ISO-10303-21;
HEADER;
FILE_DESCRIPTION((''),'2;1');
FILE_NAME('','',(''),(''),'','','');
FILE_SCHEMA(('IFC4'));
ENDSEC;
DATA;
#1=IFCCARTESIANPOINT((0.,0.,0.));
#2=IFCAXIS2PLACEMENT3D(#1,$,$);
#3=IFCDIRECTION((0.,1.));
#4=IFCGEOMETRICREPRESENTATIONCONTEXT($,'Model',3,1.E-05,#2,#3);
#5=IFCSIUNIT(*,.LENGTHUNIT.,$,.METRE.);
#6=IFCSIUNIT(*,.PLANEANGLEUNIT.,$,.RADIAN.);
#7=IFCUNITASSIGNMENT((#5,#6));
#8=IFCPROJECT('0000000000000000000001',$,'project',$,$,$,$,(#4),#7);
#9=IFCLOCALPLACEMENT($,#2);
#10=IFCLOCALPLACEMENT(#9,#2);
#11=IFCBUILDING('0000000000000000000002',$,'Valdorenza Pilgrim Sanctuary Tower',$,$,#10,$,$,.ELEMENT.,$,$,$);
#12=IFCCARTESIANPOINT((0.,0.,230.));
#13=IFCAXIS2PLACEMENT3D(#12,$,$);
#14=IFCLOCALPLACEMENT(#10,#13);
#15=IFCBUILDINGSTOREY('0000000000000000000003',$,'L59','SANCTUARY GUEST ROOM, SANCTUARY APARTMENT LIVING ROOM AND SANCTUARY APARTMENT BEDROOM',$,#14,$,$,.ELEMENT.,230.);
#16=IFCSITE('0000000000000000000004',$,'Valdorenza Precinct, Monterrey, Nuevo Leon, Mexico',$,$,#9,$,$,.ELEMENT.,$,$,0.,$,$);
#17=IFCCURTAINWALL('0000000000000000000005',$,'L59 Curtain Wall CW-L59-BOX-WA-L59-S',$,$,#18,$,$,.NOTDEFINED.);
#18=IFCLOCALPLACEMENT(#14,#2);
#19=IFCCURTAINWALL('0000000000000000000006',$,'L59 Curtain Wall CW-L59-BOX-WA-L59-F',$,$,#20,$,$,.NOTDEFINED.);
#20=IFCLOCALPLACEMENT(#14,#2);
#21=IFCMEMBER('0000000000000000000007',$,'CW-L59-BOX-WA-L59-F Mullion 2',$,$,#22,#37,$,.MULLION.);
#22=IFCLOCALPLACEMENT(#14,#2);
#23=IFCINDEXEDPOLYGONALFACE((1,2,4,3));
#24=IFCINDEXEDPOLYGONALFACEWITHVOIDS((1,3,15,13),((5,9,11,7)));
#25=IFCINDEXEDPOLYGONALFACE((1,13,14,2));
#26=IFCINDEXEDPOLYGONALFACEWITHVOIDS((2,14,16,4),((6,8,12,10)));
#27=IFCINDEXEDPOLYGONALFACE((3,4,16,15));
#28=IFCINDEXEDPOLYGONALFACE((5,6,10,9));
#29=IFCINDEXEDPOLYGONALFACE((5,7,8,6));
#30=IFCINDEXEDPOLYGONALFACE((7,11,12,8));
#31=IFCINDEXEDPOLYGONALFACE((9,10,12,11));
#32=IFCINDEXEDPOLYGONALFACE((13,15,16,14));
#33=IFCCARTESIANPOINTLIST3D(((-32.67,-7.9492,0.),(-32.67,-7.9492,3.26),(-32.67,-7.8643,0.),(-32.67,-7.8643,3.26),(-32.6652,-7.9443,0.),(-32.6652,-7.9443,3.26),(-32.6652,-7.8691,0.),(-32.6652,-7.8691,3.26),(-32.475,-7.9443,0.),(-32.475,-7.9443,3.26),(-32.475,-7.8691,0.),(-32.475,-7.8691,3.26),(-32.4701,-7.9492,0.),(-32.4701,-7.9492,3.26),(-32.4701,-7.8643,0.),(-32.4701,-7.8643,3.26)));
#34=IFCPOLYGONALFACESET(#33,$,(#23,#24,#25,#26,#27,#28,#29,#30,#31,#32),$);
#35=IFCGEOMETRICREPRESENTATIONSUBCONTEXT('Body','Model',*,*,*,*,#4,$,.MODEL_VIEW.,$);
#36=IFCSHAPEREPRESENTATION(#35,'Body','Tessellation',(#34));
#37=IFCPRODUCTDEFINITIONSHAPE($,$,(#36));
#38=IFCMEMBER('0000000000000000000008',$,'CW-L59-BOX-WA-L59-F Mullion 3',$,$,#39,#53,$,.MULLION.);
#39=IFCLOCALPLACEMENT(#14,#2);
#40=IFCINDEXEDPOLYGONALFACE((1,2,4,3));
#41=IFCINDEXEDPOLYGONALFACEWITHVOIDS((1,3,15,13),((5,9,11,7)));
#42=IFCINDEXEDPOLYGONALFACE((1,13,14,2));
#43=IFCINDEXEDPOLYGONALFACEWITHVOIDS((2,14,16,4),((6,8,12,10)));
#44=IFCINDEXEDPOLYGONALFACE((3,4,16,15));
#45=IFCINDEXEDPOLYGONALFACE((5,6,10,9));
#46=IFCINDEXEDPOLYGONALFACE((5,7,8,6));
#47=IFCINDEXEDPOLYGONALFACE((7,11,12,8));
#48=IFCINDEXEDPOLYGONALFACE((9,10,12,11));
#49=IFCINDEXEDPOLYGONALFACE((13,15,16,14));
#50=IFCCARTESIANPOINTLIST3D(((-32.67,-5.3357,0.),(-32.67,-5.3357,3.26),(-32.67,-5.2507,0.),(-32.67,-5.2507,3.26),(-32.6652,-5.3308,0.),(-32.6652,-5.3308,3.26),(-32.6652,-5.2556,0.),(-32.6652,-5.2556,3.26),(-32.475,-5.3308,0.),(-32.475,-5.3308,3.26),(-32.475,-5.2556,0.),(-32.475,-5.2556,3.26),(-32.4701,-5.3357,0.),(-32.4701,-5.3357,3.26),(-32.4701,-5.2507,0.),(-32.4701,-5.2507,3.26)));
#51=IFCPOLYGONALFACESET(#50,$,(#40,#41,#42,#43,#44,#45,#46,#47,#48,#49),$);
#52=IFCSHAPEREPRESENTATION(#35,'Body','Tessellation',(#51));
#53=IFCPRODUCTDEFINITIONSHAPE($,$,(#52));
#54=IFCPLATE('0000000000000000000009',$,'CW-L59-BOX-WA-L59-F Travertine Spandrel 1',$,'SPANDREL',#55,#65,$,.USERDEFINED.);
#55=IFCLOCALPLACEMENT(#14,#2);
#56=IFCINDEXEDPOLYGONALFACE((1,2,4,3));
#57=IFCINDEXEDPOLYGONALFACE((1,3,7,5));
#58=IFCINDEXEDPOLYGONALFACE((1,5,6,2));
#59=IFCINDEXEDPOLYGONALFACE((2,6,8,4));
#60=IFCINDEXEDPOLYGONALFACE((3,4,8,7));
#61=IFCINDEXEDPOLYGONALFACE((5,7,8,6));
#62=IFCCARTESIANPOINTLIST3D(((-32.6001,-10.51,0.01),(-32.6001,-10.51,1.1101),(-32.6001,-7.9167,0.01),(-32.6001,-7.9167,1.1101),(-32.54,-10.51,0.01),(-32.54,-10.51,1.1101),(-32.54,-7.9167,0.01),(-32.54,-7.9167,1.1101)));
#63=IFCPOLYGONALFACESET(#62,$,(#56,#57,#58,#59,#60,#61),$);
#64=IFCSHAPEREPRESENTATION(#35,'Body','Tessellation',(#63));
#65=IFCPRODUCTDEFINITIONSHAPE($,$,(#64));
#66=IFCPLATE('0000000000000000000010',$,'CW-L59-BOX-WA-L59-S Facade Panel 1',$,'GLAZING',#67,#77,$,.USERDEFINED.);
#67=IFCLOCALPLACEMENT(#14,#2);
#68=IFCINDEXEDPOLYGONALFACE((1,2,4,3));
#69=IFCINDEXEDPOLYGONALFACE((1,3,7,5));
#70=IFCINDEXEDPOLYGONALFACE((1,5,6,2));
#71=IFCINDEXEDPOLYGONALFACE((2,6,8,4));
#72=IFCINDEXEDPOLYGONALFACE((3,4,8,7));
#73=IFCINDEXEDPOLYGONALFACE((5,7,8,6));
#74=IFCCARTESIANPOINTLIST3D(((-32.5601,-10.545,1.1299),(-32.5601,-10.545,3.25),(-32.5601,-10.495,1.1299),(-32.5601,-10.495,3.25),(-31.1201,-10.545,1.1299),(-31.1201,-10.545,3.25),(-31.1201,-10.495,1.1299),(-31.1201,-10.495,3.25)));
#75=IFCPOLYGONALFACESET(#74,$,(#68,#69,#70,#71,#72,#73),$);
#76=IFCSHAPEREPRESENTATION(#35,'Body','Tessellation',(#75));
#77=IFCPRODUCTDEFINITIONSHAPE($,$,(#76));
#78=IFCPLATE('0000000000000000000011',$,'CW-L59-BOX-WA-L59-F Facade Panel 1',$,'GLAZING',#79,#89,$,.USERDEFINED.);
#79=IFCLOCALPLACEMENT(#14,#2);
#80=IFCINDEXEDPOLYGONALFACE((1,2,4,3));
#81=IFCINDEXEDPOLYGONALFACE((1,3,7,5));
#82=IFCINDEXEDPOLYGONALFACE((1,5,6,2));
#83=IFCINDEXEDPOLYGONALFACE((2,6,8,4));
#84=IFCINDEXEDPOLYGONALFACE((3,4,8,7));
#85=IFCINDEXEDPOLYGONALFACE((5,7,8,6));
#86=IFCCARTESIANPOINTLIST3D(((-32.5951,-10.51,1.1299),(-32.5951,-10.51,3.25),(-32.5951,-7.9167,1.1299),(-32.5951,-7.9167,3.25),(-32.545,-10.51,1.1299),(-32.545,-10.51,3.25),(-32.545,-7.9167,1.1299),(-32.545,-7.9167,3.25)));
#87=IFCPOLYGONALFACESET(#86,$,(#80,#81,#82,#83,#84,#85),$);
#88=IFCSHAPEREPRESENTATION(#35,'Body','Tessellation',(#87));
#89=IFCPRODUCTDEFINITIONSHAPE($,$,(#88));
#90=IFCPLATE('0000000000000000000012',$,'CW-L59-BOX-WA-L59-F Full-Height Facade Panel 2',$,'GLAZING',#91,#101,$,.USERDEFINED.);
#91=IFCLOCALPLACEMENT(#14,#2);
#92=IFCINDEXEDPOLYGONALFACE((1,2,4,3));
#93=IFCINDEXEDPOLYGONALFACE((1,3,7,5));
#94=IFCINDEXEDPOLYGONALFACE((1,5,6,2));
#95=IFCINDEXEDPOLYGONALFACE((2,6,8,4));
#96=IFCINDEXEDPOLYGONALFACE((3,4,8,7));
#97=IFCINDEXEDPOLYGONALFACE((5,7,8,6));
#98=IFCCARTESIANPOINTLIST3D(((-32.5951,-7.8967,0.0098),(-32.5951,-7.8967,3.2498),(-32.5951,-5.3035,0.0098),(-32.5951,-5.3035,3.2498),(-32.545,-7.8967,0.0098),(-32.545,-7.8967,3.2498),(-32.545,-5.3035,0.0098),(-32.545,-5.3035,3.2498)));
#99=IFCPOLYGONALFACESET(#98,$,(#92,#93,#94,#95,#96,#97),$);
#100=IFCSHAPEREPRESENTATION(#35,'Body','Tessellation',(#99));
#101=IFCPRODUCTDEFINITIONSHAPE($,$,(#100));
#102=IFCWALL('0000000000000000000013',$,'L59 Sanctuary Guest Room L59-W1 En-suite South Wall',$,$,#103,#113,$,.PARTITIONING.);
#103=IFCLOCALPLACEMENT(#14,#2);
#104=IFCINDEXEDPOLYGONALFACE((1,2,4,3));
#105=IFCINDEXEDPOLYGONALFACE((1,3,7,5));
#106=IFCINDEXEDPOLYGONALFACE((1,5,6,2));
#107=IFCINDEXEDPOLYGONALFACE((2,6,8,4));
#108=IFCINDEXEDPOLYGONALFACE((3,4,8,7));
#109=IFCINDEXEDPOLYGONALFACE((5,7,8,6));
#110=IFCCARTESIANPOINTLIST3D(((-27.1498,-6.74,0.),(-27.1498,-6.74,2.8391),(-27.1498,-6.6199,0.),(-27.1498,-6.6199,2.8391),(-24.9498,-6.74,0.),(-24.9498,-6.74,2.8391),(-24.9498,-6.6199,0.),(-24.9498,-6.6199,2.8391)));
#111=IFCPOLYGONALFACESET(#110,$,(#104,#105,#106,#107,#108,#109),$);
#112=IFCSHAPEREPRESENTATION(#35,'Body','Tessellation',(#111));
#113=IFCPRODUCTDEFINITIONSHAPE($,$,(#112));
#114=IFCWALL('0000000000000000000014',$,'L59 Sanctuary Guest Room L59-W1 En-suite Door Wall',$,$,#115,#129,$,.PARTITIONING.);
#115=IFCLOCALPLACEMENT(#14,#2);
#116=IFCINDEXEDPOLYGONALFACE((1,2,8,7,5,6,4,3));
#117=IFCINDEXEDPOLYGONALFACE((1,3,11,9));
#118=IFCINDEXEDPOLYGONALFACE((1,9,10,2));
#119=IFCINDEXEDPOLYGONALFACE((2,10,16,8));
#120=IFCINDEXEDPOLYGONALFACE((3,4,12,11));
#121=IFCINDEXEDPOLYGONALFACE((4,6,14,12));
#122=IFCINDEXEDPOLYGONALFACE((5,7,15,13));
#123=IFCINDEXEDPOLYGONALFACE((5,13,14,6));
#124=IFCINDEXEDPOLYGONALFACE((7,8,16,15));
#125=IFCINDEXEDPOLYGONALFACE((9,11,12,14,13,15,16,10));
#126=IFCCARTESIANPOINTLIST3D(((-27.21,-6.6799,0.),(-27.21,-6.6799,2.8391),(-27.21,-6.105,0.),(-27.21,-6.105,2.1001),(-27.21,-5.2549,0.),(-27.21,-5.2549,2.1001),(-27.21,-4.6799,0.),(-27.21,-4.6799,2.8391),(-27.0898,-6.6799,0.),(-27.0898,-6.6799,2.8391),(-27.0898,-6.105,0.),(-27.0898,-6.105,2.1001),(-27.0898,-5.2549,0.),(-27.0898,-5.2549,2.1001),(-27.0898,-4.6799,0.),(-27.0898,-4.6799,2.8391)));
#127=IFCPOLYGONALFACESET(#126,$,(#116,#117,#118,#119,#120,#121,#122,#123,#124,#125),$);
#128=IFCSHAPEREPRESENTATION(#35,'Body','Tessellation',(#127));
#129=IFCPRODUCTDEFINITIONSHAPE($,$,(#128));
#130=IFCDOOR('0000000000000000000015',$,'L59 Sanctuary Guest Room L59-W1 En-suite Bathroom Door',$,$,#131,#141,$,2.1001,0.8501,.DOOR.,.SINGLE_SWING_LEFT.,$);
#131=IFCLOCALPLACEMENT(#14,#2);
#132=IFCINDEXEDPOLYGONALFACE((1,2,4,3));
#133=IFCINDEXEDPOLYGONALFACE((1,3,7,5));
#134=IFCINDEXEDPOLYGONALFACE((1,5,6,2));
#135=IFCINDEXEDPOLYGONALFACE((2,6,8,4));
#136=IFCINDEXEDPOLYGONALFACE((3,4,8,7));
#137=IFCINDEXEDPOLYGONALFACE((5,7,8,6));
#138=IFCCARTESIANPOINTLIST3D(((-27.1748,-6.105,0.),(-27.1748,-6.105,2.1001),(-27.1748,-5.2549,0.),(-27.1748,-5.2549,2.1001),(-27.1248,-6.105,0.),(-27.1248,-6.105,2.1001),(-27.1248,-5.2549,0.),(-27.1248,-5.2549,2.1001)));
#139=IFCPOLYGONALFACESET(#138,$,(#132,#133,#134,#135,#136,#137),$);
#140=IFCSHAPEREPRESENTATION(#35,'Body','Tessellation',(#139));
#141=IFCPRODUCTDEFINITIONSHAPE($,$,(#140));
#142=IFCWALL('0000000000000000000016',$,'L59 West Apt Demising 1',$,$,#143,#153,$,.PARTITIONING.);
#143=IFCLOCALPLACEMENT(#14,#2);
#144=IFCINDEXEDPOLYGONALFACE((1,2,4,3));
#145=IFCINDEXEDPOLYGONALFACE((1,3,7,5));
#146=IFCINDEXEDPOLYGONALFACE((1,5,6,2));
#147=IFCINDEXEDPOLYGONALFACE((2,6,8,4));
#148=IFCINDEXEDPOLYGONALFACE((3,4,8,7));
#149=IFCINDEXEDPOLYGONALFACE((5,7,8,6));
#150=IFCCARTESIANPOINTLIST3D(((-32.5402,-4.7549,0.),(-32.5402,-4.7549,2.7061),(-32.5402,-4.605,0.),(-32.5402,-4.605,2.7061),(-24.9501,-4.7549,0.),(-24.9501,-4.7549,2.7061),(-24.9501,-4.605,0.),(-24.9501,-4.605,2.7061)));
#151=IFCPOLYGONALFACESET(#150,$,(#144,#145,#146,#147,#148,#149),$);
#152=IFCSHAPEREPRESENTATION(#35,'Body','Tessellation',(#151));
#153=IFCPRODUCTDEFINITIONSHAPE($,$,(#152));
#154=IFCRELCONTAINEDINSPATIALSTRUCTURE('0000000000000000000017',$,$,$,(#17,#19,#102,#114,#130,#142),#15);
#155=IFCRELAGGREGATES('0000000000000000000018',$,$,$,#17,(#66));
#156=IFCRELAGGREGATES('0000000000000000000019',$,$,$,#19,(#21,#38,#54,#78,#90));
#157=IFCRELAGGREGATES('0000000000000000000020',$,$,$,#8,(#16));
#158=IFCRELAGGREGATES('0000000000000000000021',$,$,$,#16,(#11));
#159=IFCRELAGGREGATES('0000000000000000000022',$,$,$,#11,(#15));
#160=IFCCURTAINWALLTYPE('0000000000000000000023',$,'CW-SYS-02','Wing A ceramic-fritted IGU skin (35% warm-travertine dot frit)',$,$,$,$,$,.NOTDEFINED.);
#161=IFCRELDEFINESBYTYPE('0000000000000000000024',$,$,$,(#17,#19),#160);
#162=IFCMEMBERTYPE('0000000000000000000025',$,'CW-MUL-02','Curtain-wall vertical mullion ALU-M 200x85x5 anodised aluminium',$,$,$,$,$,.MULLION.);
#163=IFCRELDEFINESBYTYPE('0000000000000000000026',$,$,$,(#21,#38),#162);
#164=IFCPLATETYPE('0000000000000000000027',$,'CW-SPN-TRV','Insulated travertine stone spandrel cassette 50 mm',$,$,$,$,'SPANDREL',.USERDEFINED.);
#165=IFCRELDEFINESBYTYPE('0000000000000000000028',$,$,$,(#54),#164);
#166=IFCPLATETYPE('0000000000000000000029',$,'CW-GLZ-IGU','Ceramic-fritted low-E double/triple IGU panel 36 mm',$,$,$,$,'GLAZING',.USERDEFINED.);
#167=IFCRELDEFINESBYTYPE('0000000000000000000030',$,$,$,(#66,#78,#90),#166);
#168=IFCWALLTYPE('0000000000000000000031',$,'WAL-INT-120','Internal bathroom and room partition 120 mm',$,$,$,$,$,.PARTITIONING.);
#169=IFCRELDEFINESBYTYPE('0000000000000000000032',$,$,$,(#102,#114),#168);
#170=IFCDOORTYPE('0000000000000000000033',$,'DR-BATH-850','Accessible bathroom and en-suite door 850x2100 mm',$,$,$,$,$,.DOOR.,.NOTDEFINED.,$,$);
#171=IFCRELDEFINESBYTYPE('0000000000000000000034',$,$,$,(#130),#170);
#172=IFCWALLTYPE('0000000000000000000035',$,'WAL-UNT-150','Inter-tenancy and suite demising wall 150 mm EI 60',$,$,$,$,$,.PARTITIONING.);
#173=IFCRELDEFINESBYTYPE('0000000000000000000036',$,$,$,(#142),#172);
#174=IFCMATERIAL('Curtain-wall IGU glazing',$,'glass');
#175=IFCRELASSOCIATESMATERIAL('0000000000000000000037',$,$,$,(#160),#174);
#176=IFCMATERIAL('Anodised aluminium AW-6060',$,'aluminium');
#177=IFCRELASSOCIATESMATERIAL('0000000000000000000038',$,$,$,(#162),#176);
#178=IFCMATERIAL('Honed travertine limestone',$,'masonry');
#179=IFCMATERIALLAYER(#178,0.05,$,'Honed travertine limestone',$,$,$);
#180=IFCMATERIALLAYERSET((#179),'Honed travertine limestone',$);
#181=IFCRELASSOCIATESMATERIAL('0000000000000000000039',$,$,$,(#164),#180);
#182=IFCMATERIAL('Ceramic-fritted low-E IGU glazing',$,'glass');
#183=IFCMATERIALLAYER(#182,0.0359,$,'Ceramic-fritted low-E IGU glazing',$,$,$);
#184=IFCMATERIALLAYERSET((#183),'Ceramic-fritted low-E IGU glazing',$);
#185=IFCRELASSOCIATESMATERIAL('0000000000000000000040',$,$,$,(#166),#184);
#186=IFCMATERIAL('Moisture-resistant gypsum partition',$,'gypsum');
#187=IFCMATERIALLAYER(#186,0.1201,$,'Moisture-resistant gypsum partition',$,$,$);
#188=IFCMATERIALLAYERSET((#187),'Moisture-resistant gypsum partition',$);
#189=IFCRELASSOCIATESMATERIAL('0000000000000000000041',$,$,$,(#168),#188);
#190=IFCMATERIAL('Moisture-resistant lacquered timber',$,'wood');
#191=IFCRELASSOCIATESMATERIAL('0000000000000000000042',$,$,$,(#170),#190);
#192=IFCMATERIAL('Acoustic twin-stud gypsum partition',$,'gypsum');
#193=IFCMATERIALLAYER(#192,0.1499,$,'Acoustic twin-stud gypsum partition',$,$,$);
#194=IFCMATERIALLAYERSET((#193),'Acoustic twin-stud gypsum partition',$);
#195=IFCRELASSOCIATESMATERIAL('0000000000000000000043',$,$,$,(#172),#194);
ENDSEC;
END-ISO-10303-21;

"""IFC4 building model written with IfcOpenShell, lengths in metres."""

from ifc_helpers import new_model, si_unit, direction, frame, frame_2d, origin, origin_2d, place, context, subcontext, project, spatial, rectangle, hollow_rectangle, extrude, source, transform, mapped, material, layer, layer_set, material_profile, profile_set, type_object, element, fill, aggregate, save


model = new_model("IFC4")

# Units and contexts
model_context = context("Model", 3, precision=1e-05, world=origin(), true_north=direction((0.0, 1.0)))
body_context = subcontext(model_context, "Body", "Model", "MODEL_VIEW")
ifc_project = project(units=[si_unit("LENGTHUNIT", "METRE"), si_unit("PLANEANGLEUNIT", "RADIAN")], contexts=[model_context])

# Site, building, storey
site_placement = place(None, origin())
site = spatial("IfcSite", under=ifc_project, at=site_placement, Name="Valdorenza Precinct, Monterrey, Nuevo Leon, Mexico", CompositionType="ELEMENT", RefElevation=0.0)
building_placement = place(site_placement, origin())
building = spatial("IfcBuilding", under=site, at=building_placement, Name="Valdorenza Pilgrim Sanctuary Tower", CompositionType="ELEMENT")
storey_placement = place(building_placement, frame((0.0, 0.0, 230.0)))
storey = spatial("IfcBuildingStorey", under=building, at=storey_placement, Name="L59", Description="SANCTUARY GUEST ROOM, SANCTUARY APARTMENT LIVING ROOM AND SANCTUARY APARTMENT BEDROOM", CompositionType="ELEMENT", Elevation=230.0)

# Curtain wall
ifc_material_1 = material(Name="Curtain-wall IGU glazing", Category="glass")
curtain_wall_type = type_object("IfcCurtainWallType", Name="CW-SYS-02", Description="Wing A ceramic-fritted IGU skin (35% warm-travertine dot frit)", PredefinedType="NOTDEFINED", material=ifc_material_1)
curtain_wall_1_placement = place(storey_placement, origin())
curtain_wall_1 = element("IfcCurtainWall", 1, at=curtain_wall_1_placement, inside=storey, type_object=curtain_wall_type, Name="L59 Curtain Wall CW-L59-BOX-WA-L59-S", PredefinedType="NOTDEFINED")
ifc_material_2 = material(Name="Anodised aluminium AW-6060", Category="aluminium")
ifc_material_profile_1 = material_profile(ifc_material_2, hollow_rectangle(XDim=0.085, YDim=0.2, WallThickness=0.0049, at=origin_2d()), Name="ALU-M 200x85x5")
ifc_profile_set_1 = profile_set([ifc_material_profile_1], Name="Anodised aluminium AW-6060")
member_type_1 = type_object("IfcMemberType", Name="CW-MUL-02", Description="Curtain-wall vertical mullion ALU-M 200x85x5 anodised aluminium", PredefinedType="MULLION", material=ifc_profile_set_1)
shared_shape_1 = source(origin(), body_context, "Body", "SweptSolid", [
    extrude(hollow_rectangle(XDim=0.085, YDim=0.2, WallThickness=0.0049, at=origin_2d()), origin(), (0.0, 0.0, 1.0), 3.26),
])

# Curtain wall, members, plate
curtain_wall_2_placement = place(storey_placement, origin())
curtain_wall_2 = element("IfcCurtainWall", 2, at=curtain_wall_2_placement, inside=storey, type_object=curtain_wall_type, Name="L59 Curtain Wall CW-L59-BOX-WA-L59-F", PredefinedType="NOTDEFINED")
member_1_placement = place(storey_placement, frame((-32.5701, -7.9067, 0.0), z_axis=(0.0, 0.0, 1.0), x_axis=(0.0, 1.0, 0.0)))
member_1 = element("IfcMember", 3, at=member_1_placement, type_object=member_type_1, Name="CW-L59-BOX-WA-L59-F Mullion 2", PredefinedType="MULLION", context=body_context, shape_type="MappedRepresentation", body=[
    mapped(shared_shape_1, transform((0.0, 0.0, 0.0), x_axis=(1.0, 0.0, 0.0), y_axis=(0.0, 1.0, 0.0), z_axis=(0.0, 0.0, 1.0), scale=1.0)),
])
member_2_placement = place(storey_placement, frame((-32.5701, -5.2932, 0.0), z_axis=(0.0, 0.0, 1.0), x_axis=(0.0, 1.0, 0.0)))
member_2 = element("IfcMember", 4, at=member_2_placement, type_object=member_type_1, Name="CW-L59-BOX-WA-L59-F Mullion 3", PredefinedType="MULLION", context=body_context, shape_type="MappedRepresentation", body=[
    mapped(shared_shape_1, transform((0.0, 0.0, 0.0), x_axis=(1.0, 0.0, 0.0), y_axis=(0.0, 1.0, 0.0), z_axis=(0.0, 0.0, 1.0), scale=1.0)),
])
ifc_material_3 = material(Name="Honed travertine limestone", Category="masonry")
ifc_layer_1 = layer(ifc_material_3, 0.05, Name="Honed travertine limestone")
ifc_layer_set_1 = layer_set([ifc_layer_1], Name="Honed travertine limestone")
plate_type_1 = type_object("IfcPlateType", Name="CW-SPN-TRV", Description="Insulated travertine stone spandrel cassette 50 mm", ElementType="SPANDREL", PredefinedType="USERDEFINED", material=ifc_layer_set_1)
shared_shape_2 = source(origin(), body_context, "Body", "SweptSolid", [
    extrude(rectangle(XDim=2.5933, YDim=0.0601, at=origin_2d()), origin(), (0.0, 0.0, 1.0), 1.1001),
])
plate_1_placement = place(storey_placement, frame((-32.5701, -9.2134, 0.01), z_axis=(0.0, 0.0, 1.0), x_axis=(0.0, 1.0, 0.0)))
plate_1 = element("IfcPlate", 5, at=plate_1_placement, type_object=plate_type_1, Name="CW-L59-BOX-WA-L59-F Travertine Spandrel 1", ObjectType="SPANDREL", PredefinedType="USERDEFINED", context=body_context, shape_type="MappedRepresentation", body=[
    mapped(shared_shape_2, transform((0.0, 0.0, 0.0), x_axis=(1.0, 0.0, 0.0), y_axis=(0.0, 1.0, 0.0), z_axis=(0.0, 0.0, 1.0), scale=1.0)),
])

# Plates
ifc_material_4 = material(Name="Ceramic-fritted low-E IGU glazing", Category="glass")
ifc_layer_2 = layer(ifc_material_4, 0.0359, Name="Ceramic-fritted low-E IGU glazing")
ifc_layer_set_2 = layer_set([ifc_layer_2], Name="Ceramic-fritted low-E IGU glazing")
plate_type_2 = type_object("IfcPlateType", Name="CW-GLZ-IGU", Description="Ceramic-fritted low-E double/triple IGU panel 36 mm", ElementType="GLAZING", PredefinedType="USERDEFINED", material=ifc_layer_set_2)
shared_shape_3 = source(origin(), body_context, "Body", "SweptSolid", [
    extrude(rectangle(XDim=1.4399, YDim=0.05, at=origin_2d()), origin(), (0.0, 0.0, 1.0), 2.1201),
])
plate_2_placement = place(storey_placement, frame((-31.8401, -10.52, 1.1299), z_axis=(0.0, 0.0, 1.0), x_axis=(-1.0, 0.0, 0.0)))
plate_2 = element("IfcPlate", 6, at=plate_2_placement, type_object=plate_type_2, Name="CW-L59-BOX-WA-L59-S Facade Panel 1", ObjectType="GLAZING", PredefinedType="USERDEFINED", context=body_context, shape_type="MappedRepresentation", body=[
    mapped(shared_shape_3, transform((0.0, 0.0, 0.0), x_axis=(1.0, 0.0, 0.0), y_axis=(0.0, 1.0, 0.0), z_axis=(0.0, 0.0, 1.0), scale=1.0)),
])
aggregate(curtain_wall_1, [plate_2])
shared_shape_4 = source(origin(), body_context, "Body", "SweptSolid", [
    extrude(rectangle(XDim=2.5933, YDim=0.05, at=origin_2d()), origin(), (0.0, 0.0, 1.0), 2.1201),
])
plate_3_placement = place(storey_placement, frame((-32.5701, -9.2134, 1.1299), z_axis=(0.0, 0.0, 1.0), x_axis=(0.0, 1.0, 0.0)))
plate_3 = element("IfcPlate", 7, at=plate_3_placement, type_object=plate_type_2, Name="CW-L59-BOX-WA-L59-F Facade Panel 1", ObjectType="GLAZING", PredefinedType="USERDEFINED", context=body_context, shape_type="MappedRepresentation", body=[
    mapped(shared_shape_4, transform((0.0, 0.0, 0.0), x_axis=(1.0, 0.0, 0.0), y_axis=(0.0, 1.0, 0.0), z_axis=(0.0, 0.0, 1.0), scale=1.0)),
])
shared_shape_5 = source(origin(), body_context, "Body", "SweptSolid", [
    extrude(rectangle(XDim=2.5933, YDim=0.05, at=origin_2d()), origin(), (0.0, 0.0, 1.0), 3.24),
])
plate_4_placement = place(storey_placement, frame((-32.5701, -6.6001, 0.0098), z_axis=(0.0, 0.0, 1.0), x_axis=(0.0, 1.0, 0.0)))
plate_4 = element("IfcPlate", 8, at=plate_4_placement, type_object=plate_type_2, Name="CW-L59-BOX-WA-L59-F Full-Height Facade Panel 2", ObjectType="GLAZING", PredefinedType="USERDEFINED", context=body_context, shape_type="MappedRepresentation", body=[
    mapped(shared_shape_5, transform((0.0, 0.0, 0.0), x_axis=(1.0, 0.0, 0.0), y_axis=(0.0, 1.0, 0.0), z_axis=(0.0, 0.0, 1.0), scale=1.0)),
])
aggregate(curtain_wall_2, [member_1, member_2, plate_1, plate_3, plate_4])

# Wall
ifc_material_5 = material(Name="Moisture-resistant gypsum partition", Category="gypsum")
ifc_layer_3 = layer(ifc_material_5, 0.1201, Name="Moisture-resistant gypsum partition")
ifc_layer_set_3 = layer_set([ifc_layer_3], Name="Moisture-resistant gypsum partition")
wall_type_1 = type_object("IfcWallType", Name="WAL-INT-120", Description="Internal bathroom and room partition 120 mm", PredefinedType="PARTITIONING", material=ifc_layer_set_3)
wall_1_placement = place(storey_placement, frame((-27.1499, -6.6799, 0.0), z_axis=(0.0, 0.0, 1.0), x_axis=(1.0, 0.0, 0.0)))
element("IfcWall", 9, at=wall_1_placement, inside=storey, type_object=wall_type_1, Name="L59 Sanctuary Guest Room L59-W1 En-suite South Wall", PredefinedType="PARTITIONING", context=body_context, shape_type="SweptSolid", body=[
    extrude(rectangle(XDim=2.2, YDim=0.1201, at=frame_2d((1.1001, 0.0))), origin(), (0.0, 0.0, 1.0), 2.8391),
])

# Wall, opening, door
wall_2_placement = place(storey_placement, frame((-27.1499, -6.6799, 0.0), z_axis=(0.0, 0.0, 1.0), x_axis=(0.0, 1.0, 0.0)))
wall_2 = element("IfcWall", 10, at=wall_2_placement, inside=storey, type_object=wall_type_1, Name="L59 Sanctuary Guest Room L59-W1 En-suite Door Wall", PredefinedType="PARTITIONING", context=body_context, shape_type="SweptSolid", body=[
    extrude(rectangle(XDim=2.0, YDim=0.1201, at=frame_2d((1.0, 0.0))), origin(), (0.0, 0.0, 1.0), 2.8391),
])
opening_placement = place(wall_2_placement, frame((0.575, 0.0, 0.0)))
opening = element("IfcOpeningElement", 11, at=opening_placement, cuts=wall_2, PredefinedType="OPENING", context=body_context, shape_type="SweptSolid", body=[
    extrude(rectangle(XDim=0.8501, YDim=2.1001, at=frame_2d((0.425, 1.05))), frame((0.0, 0.075, 0.0), z_axis=(0.0, -1.0, 0.0), x_axis=(1.0, 0.0, 0.0)), (0.0, 0.0, 1.0), 0.1499),
])
ifc_material_6 = material(Name="Moisture-resistant lacquered timber", Category="wood")
door_type = type_object("IfcDoorType", Name="DR-BATH-850", Description="Accessible bathroom and en-suite door 850x2100 mm", OperationType="NOTDEFINED", PredefinedType="DOOR", material=ifc_material_6)
door_placement = place(opening_placement, origin())
door = element("IfcDoor", 12, at=door_placement, inside=storey, type_object=door_type, Name="L59 Sanctuary Guest Room L59-W1 En-suite Bathroom Door", OperationType="SINGLE_SWING_LEFT", OverallHeight=2.1001, OverallWidth=0.8501, PredefinedType="DOOR", context=body_context, shape_type="SweptSolid", body=[
    extrude(rectangle(XDim=0.8501, YDim=2.1001, at=frame_2d((0.425, 1.05))), frame((0.0, 0.0249, 0.0), z_axis=(0.0, -1.0, 0.0), x_axis=(1.0, 0.0, 0.0)), (0.0, 0.0, 1.0), 0.05),
])
fill(opening, door)

# Wall
ifc_material_7 = material(Name="Acoustic twin-stud gypsum partition", Category="gypsum")
ifc_layer_4 = layer(ifc_material_7, 0.1499, Name="Acoustic twin-stud gypsum partition")
ifc_layer_set_4 = layer_set([ifc_layer_4], Name="Acoustic twin-stud gypsum partition")
wall_type_2 = type_object("IfcWallType", Name="WAL-UNT-150", Description="Inter-tenancy and suite demising wall 150 mm EI 60", PredefinedType="PARTITIONING", material=ifc_layer_set_4)
wall_3_placement = place(storey_placement, frame((-32.54, -4.6799, 0.0), z_axis=(0.0, 0.0, 1.0), x_axis=(1.0, 0.0, 0.0)))
element("IfcWall", 13, at=wall_3_placement, inside=storey, type_object=wall_type_2, Name="L59 West Apt Demising 1", PredefinedType="PARTITIONING", context=body_context, shape_type="SweptSolid", body=[
    extrude(rectangle(XDim=7.5901, YDim=0.1499, at=frame_2d((3.7949, 0.0))), origin(), (0.0, 0.0, 1.0), 2.7061),
])

save(model, "model.ifc")
